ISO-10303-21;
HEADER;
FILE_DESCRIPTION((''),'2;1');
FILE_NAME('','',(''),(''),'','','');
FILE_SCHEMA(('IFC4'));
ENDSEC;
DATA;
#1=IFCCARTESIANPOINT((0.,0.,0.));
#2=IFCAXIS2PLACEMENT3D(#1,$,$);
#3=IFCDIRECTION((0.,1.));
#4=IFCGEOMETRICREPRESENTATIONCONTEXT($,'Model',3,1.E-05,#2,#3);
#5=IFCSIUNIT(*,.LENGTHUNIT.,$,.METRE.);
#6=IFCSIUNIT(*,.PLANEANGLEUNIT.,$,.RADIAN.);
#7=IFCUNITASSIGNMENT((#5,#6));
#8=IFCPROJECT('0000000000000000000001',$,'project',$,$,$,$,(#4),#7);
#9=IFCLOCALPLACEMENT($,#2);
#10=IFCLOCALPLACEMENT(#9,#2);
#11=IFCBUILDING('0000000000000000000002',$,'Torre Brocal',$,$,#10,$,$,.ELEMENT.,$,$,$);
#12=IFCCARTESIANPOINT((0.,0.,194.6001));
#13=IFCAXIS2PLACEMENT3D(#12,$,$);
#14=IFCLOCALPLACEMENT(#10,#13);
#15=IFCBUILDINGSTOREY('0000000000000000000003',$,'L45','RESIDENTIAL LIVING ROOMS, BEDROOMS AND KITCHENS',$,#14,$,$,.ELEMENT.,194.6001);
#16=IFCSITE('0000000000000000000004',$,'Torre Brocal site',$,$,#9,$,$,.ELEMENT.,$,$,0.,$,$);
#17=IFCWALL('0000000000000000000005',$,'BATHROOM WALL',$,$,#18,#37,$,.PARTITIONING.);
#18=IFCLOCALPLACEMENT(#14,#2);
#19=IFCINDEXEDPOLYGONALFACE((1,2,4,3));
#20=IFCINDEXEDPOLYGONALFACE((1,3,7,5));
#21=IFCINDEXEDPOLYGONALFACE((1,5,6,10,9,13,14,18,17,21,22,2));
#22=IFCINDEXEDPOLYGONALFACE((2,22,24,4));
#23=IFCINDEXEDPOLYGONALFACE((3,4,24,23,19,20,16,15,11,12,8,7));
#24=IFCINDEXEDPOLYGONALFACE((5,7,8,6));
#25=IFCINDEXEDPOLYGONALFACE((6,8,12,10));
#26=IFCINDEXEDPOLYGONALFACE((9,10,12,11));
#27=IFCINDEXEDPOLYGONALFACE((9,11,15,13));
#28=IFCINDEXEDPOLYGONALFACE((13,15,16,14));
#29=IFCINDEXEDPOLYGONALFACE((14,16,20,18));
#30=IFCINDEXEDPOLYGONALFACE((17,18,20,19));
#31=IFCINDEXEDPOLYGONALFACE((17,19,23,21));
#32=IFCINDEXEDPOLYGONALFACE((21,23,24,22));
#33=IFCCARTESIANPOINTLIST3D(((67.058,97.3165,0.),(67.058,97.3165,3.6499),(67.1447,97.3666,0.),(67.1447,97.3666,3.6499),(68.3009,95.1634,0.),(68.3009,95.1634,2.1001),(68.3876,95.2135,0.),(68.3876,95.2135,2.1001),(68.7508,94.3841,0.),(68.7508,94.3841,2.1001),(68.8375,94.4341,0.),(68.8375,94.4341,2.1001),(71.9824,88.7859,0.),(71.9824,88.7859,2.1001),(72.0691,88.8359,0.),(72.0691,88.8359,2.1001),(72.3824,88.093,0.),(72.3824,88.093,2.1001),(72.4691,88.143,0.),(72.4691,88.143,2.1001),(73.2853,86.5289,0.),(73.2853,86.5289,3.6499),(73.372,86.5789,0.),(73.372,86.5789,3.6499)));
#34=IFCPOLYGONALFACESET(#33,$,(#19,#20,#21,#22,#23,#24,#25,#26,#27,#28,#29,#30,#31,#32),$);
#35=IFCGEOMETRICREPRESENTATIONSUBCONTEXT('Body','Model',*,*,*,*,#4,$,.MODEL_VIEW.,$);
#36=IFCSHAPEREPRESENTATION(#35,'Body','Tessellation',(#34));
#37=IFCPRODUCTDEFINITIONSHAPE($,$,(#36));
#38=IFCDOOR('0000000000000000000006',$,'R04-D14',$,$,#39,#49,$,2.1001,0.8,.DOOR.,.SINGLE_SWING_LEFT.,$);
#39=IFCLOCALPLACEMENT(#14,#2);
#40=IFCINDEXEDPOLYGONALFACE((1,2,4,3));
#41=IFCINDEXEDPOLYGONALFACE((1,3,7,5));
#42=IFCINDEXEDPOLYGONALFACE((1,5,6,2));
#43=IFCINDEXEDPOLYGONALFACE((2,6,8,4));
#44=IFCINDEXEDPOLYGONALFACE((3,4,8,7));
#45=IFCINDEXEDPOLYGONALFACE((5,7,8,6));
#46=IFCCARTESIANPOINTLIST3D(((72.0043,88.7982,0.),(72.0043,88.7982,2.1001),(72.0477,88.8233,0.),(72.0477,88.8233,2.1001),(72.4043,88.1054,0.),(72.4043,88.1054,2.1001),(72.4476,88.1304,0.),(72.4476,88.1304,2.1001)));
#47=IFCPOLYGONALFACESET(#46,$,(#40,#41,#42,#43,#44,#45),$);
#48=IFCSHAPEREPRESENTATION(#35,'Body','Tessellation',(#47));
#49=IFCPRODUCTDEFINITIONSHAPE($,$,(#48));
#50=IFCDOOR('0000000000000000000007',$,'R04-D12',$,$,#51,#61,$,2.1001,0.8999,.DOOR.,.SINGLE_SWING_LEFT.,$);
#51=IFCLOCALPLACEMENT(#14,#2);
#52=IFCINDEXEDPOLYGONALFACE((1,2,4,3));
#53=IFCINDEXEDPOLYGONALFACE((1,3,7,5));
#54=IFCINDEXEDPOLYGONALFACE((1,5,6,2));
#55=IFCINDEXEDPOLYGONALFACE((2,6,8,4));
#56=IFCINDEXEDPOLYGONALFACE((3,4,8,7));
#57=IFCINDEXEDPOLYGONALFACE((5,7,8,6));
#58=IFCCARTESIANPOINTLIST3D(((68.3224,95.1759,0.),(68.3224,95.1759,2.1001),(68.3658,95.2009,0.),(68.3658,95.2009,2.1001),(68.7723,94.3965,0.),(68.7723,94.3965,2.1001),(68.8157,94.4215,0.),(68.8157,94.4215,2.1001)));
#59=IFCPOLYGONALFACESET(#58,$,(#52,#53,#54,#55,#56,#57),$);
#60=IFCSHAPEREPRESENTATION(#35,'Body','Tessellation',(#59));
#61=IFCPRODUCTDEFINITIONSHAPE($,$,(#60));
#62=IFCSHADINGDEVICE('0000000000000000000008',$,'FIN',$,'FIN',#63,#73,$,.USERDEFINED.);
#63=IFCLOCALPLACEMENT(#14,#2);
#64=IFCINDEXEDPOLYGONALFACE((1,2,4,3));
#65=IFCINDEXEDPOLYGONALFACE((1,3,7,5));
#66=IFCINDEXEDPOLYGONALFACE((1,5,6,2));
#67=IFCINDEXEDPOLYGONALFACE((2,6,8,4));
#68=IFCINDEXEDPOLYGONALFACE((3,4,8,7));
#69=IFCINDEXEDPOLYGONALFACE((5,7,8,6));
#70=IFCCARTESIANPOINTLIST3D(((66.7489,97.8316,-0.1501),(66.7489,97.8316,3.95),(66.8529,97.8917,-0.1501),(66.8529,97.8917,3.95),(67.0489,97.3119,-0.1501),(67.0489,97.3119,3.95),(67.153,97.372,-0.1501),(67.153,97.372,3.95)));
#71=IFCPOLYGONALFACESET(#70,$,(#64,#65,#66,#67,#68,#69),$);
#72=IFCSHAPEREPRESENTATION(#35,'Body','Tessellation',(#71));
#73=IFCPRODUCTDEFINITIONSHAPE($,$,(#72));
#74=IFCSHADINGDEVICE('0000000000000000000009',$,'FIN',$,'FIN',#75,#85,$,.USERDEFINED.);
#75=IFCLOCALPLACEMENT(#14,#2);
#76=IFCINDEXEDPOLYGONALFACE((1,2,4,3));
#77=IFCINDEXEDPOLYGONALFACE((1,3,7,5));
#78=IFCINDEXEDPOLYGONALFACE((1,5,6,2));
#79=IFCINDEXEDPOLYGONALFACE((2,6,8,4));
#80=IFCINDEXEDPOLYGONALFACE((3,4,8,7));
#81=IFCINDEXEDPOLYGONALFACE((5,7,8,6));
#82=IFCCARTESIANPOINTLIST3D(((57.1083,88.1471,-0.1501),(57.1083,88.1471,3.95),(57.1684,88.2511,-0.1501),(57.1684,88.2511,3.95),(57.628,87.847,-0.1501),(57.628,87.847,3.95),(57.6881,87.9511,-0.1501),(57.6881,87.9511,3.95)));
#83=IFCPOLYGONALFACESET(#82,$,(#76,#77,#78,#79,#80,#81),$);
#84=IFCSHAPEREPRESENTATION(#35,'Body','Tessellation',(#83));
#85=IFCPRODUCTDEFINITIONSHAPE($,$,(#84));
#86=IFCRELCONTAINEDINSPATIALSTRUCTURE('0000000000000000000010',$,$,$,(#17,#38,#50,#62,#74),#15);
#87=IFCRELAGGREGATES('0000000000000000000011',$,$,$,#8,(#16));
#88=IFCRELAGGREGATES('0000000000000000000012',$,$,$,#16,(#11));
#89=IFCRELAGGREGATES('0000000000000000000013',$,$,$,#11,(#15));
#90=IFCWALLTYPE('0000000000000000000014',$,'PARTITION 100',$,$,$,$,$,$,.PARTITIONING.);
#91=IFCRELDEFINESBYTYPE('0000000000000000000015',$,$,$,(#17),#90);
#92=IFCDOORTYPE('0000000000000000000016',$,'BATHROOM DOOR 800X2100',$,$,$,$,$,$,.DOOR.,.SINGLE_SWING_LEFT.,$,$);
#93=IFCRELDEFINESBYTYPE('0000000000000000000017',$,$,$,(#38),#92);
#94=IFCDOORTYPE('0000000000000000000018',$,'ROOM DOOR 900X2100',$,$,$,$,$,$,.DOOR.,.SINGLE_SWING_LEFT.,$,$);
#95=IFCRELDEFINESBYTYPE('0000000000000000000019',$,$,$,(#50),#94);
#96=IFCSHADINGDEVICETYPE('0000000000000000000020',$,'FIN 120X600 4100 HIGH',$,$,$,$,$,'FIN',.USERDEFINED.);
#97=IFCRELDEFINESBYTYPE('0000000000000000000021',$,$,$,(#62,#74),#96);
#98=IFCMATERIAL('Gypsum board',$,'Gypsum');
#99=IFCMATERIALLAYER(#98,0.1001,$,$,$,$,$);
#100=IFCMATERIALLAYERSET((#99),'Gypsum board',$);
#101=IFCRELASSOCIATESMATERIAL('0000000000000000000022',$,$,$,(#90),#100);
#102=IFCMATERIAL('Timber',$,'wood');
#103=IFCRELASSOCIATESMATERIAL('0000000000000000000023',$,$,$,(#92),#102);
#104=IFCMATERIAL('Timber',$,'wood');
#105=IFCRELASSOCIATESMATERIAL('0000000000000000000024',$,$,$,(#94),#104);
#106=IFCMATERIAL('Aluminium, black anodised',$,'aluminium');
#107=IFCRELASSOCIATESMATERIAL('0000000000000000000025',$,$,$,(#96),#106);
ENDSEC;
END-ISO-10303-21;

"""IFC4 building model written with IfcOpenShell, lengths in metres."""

from ifc_helpers import new_model, si_unit, direction, frame, frame_2d, origin, origin_2d, place, context, subcontext, project, spatial, rectangle, extrude, material, layer, layer_set, material_profile, profile_set, type_object, element, fill, save


model = new_model("IFC4")

# Units and contexts
model_context = context("Model", 3, precision=1e-05, world=origin(), true_north=direction((0.0, 1.0)))
body_context = subcontext(model_context, "Body", "Model", "MODEL_VIEW")
ifc_project = project(units=[si_unit("LENGTHUNIT", "METRE"), si_unit("PLANEANGLEUNIT", "RADIAN")], contexts=[model_context])

# Site, building, storey
site_placement = place(None, origin())
site = spatial("IfcSite", under=ifc_project, at=site_placement, Name="Torre Brocal site", CompositionType="ELEMENT", RefElevation=0.0)
building_placement = place(site_placement, origin())
building = spatial("IfcBuilding", under=site, at=building_placement, Name="Torre Brocal", CompositionType="ELEMENT")
storey_placement = place(building_placement, frame((0.0, 0.0, 194.6001)))
storey = spatial("IfcBuildingStorey", under=building, at=storey_placement, Name="L45", Description="RESIDENTIAL LIVING ROOMS, BEDROOMS AND KITCHENS", CompositionType="ELEMENT", Elevation=194.6001)

# Shared definitions
ifc_material_1 = material(Name="Gypsum board", Category="Gypsum")
ifc_layer_1 = layer(ifc_material_1, 0.1001)
ifc_layer_set_1 = layer_set([ifc_layer_1], Name="Gypsum board")
wall_type_1 = type_object("IfcWallType", Name="PARTITION 100", PredefinedType="PARTITIONING", material=ifc_layer_set_1)
ifc_material_2 = material(Name="Timber", Category="wood")
door_type_1 = type_object("IfcDoorType", Name="BATHROOM DOOR 800X2100", OperationType="SINGLE_SWING_LEFT", PredefinedType="DOOR", material=ifc_material_2)

# Shared definitions
ifc_material_3 = material(Name="Timber", Category="wood")
door_type_2 = type_object("IfcDoorType", Name="ROOM DOOR 900X2100", OperationType="SINGLE_SWING_LEFT", PredefinedType="DOOR", material=ifc_material_3)

# Wall, openings, doors
wall_1_placement = place(storey_placement, frame((67.1013, 97.3416, 0.0), z_axis=(0.0, 0.0, 1.0), x_axis=(0.499944, -0.866058, 0.0)))
wall_1 = element("IfcWall", 1, at=wall_1_placement, inside=storey, type_object=wall_type_1, Name="BATHROOM WALL", PredefinedType="PARTITIONING", context=body_context, shape_type="SweptSolid", body=[
    extrude(rectangle(XDim=12.4561, YDim=0.1001, at=frame_2d((6.228, 0.0))), origin(), (0.0, 0.0, 1.0), 3.6499),
])
opening_1_placement = place(wall_1_placement, frame((2.4861, 0.0, 0.0)))
opening_1 = element("IfcOpeningElement", 2, at=opening_1_placement, cuts=wall_1, PredefinedType="OPENING", context=body_context, shape_type="SweptSolid", body=[
    extrude(rectangle(XDim=0.8999, YDim=2.1001, at=frame_2d((0.45, 1.05))), frame((0.0, 0.0601, 0.0), z_axis=(0.0, -1.0, 0.0), x_axis=(1.0, 0.0, 0.0)), (0.0, 0.0, 1.0), 0.1201),
])
opening_2_placement = place(wall_1_placement, frame((9.8501, 0.0, 0.0)))
opening_2 = element("IfcOpeningElement", 3, at=opening_2_placement, cuts=wall_1, PredefinedType="OPENING", context=body_context, shape_type="SweptSolid", body=[
    extrude(rectangle(XDim=0.8, YDim=2.1001, at=frame_2d((0.3999, 1.05))), frame((0.0, 0.0601, 0.0), z_axis=(0.0, -1.0, 0.0), x_axis=(1.0, 0.0, 0.0)), (0.0, 0.0, 1.0), 0.1201),
])
door_1_placement = place(opening_2_placement, frame((0.8, 0.0, 0.0), z_axis=(0.0, 0.0, 1.0), x_axis=(-1.0, 0.0, 0.0)))
door_1 = element("IfcDoor", 4, at=door_1_placement, inside=storey, type_object=door_type_1, Name="R04-D14", OperationType="SINGLE_SWING_LEFT", OverallHeight=2.1001, OverallWidth=0.8, PredefinedType="DOOR", context=body_context, shape_type="SweptSolid", body=[
    extrude(rectangle(XDim=0.8, YDim=2.1001, at=frame_2d((0.3999, 1.05))), frame((0.0, 0.0249, 0.0), z_axis=(0.0, -1.0, 0.0), x_axis=(1.0, 0.0, 0.0)), (0.0, 0.0, 1.0), 0.05),
])
fill(opening_2, door_1)
door_2_placement = place(opening_1_placement, origin())
door_2 = element("IfcDoor", 5, at=door_2_placement, inside=storey, type_object=door_type_2, Name="R04-D12", OperationType="SINGLE_SWING_LEFT", OverallHeight=2.1001, OverallWidth=0.8999, PredefinedType="DOOR", context=body_context, shape_type="SweptSolid", body=[
    extrude(rectangle(XDim=0.8999, YDim=2.1001, at=frame_2d((0.45, 1.05))), frame((0.0, 0.0249, 0.0), z_axis=(0.0, -1.0, 0.0), x_axis=(1.0, 0.0, 0.0)), (0.0, 0.0, 1.0), 0.05),
])
fill(opening_1, door_2)

# Shading devices
ifc_material_4 = material(Name="Aluminium, black anodised", Category="aluminium")
ifc_material_profile_1 = material_profile(ifc_material_4, rectangle(XDim=0.1201, YDim=0.6001, at=origin_2d()), Name="FIN 120X600 4100 HIGH")
ifc_profile_set_1 = profile_set([ifc_material_profile_1], Name="Aluminium, black anodised")
shading_device_type = type_object("IfcShadingDeviceType", Name="FIN 120X600 4100 HIGH", ElementType="FIN", PredefinedType="USERDEFINED", material=ifc_profile_set_1)
for number, where, z_axis, x_axis, name in (
    (6, (66.9509, 97.6018, -0.1501), (0.0, 0.0, 1.0), (-0.866025, -0.5, 0.0), "FIN"),
    (7, (57.3982, 88.0491, -0.1501), (0.0, 0.0, 1.0), (-0.5, -0.866025, 0.0), "FIN"),
):
    element("IfcShadingDevice", number, at=place(storey_placement, frame(where, z_axis=z_axis, x_axis=x_axis)), inside=storey, type_object=shading_device_type, Name=name, ObjectType="FIN", PredefinedType="USERDEFINED", context=body_context, shape_type="SweptSolid", body=[
        extrude(rectangle(XDim=0.1201, YDim=0.6001, at=origin_2d()), origin(), (0.0, 0.0, 1.0), 4.1001),
    ])

save(model, "model.ifc")
